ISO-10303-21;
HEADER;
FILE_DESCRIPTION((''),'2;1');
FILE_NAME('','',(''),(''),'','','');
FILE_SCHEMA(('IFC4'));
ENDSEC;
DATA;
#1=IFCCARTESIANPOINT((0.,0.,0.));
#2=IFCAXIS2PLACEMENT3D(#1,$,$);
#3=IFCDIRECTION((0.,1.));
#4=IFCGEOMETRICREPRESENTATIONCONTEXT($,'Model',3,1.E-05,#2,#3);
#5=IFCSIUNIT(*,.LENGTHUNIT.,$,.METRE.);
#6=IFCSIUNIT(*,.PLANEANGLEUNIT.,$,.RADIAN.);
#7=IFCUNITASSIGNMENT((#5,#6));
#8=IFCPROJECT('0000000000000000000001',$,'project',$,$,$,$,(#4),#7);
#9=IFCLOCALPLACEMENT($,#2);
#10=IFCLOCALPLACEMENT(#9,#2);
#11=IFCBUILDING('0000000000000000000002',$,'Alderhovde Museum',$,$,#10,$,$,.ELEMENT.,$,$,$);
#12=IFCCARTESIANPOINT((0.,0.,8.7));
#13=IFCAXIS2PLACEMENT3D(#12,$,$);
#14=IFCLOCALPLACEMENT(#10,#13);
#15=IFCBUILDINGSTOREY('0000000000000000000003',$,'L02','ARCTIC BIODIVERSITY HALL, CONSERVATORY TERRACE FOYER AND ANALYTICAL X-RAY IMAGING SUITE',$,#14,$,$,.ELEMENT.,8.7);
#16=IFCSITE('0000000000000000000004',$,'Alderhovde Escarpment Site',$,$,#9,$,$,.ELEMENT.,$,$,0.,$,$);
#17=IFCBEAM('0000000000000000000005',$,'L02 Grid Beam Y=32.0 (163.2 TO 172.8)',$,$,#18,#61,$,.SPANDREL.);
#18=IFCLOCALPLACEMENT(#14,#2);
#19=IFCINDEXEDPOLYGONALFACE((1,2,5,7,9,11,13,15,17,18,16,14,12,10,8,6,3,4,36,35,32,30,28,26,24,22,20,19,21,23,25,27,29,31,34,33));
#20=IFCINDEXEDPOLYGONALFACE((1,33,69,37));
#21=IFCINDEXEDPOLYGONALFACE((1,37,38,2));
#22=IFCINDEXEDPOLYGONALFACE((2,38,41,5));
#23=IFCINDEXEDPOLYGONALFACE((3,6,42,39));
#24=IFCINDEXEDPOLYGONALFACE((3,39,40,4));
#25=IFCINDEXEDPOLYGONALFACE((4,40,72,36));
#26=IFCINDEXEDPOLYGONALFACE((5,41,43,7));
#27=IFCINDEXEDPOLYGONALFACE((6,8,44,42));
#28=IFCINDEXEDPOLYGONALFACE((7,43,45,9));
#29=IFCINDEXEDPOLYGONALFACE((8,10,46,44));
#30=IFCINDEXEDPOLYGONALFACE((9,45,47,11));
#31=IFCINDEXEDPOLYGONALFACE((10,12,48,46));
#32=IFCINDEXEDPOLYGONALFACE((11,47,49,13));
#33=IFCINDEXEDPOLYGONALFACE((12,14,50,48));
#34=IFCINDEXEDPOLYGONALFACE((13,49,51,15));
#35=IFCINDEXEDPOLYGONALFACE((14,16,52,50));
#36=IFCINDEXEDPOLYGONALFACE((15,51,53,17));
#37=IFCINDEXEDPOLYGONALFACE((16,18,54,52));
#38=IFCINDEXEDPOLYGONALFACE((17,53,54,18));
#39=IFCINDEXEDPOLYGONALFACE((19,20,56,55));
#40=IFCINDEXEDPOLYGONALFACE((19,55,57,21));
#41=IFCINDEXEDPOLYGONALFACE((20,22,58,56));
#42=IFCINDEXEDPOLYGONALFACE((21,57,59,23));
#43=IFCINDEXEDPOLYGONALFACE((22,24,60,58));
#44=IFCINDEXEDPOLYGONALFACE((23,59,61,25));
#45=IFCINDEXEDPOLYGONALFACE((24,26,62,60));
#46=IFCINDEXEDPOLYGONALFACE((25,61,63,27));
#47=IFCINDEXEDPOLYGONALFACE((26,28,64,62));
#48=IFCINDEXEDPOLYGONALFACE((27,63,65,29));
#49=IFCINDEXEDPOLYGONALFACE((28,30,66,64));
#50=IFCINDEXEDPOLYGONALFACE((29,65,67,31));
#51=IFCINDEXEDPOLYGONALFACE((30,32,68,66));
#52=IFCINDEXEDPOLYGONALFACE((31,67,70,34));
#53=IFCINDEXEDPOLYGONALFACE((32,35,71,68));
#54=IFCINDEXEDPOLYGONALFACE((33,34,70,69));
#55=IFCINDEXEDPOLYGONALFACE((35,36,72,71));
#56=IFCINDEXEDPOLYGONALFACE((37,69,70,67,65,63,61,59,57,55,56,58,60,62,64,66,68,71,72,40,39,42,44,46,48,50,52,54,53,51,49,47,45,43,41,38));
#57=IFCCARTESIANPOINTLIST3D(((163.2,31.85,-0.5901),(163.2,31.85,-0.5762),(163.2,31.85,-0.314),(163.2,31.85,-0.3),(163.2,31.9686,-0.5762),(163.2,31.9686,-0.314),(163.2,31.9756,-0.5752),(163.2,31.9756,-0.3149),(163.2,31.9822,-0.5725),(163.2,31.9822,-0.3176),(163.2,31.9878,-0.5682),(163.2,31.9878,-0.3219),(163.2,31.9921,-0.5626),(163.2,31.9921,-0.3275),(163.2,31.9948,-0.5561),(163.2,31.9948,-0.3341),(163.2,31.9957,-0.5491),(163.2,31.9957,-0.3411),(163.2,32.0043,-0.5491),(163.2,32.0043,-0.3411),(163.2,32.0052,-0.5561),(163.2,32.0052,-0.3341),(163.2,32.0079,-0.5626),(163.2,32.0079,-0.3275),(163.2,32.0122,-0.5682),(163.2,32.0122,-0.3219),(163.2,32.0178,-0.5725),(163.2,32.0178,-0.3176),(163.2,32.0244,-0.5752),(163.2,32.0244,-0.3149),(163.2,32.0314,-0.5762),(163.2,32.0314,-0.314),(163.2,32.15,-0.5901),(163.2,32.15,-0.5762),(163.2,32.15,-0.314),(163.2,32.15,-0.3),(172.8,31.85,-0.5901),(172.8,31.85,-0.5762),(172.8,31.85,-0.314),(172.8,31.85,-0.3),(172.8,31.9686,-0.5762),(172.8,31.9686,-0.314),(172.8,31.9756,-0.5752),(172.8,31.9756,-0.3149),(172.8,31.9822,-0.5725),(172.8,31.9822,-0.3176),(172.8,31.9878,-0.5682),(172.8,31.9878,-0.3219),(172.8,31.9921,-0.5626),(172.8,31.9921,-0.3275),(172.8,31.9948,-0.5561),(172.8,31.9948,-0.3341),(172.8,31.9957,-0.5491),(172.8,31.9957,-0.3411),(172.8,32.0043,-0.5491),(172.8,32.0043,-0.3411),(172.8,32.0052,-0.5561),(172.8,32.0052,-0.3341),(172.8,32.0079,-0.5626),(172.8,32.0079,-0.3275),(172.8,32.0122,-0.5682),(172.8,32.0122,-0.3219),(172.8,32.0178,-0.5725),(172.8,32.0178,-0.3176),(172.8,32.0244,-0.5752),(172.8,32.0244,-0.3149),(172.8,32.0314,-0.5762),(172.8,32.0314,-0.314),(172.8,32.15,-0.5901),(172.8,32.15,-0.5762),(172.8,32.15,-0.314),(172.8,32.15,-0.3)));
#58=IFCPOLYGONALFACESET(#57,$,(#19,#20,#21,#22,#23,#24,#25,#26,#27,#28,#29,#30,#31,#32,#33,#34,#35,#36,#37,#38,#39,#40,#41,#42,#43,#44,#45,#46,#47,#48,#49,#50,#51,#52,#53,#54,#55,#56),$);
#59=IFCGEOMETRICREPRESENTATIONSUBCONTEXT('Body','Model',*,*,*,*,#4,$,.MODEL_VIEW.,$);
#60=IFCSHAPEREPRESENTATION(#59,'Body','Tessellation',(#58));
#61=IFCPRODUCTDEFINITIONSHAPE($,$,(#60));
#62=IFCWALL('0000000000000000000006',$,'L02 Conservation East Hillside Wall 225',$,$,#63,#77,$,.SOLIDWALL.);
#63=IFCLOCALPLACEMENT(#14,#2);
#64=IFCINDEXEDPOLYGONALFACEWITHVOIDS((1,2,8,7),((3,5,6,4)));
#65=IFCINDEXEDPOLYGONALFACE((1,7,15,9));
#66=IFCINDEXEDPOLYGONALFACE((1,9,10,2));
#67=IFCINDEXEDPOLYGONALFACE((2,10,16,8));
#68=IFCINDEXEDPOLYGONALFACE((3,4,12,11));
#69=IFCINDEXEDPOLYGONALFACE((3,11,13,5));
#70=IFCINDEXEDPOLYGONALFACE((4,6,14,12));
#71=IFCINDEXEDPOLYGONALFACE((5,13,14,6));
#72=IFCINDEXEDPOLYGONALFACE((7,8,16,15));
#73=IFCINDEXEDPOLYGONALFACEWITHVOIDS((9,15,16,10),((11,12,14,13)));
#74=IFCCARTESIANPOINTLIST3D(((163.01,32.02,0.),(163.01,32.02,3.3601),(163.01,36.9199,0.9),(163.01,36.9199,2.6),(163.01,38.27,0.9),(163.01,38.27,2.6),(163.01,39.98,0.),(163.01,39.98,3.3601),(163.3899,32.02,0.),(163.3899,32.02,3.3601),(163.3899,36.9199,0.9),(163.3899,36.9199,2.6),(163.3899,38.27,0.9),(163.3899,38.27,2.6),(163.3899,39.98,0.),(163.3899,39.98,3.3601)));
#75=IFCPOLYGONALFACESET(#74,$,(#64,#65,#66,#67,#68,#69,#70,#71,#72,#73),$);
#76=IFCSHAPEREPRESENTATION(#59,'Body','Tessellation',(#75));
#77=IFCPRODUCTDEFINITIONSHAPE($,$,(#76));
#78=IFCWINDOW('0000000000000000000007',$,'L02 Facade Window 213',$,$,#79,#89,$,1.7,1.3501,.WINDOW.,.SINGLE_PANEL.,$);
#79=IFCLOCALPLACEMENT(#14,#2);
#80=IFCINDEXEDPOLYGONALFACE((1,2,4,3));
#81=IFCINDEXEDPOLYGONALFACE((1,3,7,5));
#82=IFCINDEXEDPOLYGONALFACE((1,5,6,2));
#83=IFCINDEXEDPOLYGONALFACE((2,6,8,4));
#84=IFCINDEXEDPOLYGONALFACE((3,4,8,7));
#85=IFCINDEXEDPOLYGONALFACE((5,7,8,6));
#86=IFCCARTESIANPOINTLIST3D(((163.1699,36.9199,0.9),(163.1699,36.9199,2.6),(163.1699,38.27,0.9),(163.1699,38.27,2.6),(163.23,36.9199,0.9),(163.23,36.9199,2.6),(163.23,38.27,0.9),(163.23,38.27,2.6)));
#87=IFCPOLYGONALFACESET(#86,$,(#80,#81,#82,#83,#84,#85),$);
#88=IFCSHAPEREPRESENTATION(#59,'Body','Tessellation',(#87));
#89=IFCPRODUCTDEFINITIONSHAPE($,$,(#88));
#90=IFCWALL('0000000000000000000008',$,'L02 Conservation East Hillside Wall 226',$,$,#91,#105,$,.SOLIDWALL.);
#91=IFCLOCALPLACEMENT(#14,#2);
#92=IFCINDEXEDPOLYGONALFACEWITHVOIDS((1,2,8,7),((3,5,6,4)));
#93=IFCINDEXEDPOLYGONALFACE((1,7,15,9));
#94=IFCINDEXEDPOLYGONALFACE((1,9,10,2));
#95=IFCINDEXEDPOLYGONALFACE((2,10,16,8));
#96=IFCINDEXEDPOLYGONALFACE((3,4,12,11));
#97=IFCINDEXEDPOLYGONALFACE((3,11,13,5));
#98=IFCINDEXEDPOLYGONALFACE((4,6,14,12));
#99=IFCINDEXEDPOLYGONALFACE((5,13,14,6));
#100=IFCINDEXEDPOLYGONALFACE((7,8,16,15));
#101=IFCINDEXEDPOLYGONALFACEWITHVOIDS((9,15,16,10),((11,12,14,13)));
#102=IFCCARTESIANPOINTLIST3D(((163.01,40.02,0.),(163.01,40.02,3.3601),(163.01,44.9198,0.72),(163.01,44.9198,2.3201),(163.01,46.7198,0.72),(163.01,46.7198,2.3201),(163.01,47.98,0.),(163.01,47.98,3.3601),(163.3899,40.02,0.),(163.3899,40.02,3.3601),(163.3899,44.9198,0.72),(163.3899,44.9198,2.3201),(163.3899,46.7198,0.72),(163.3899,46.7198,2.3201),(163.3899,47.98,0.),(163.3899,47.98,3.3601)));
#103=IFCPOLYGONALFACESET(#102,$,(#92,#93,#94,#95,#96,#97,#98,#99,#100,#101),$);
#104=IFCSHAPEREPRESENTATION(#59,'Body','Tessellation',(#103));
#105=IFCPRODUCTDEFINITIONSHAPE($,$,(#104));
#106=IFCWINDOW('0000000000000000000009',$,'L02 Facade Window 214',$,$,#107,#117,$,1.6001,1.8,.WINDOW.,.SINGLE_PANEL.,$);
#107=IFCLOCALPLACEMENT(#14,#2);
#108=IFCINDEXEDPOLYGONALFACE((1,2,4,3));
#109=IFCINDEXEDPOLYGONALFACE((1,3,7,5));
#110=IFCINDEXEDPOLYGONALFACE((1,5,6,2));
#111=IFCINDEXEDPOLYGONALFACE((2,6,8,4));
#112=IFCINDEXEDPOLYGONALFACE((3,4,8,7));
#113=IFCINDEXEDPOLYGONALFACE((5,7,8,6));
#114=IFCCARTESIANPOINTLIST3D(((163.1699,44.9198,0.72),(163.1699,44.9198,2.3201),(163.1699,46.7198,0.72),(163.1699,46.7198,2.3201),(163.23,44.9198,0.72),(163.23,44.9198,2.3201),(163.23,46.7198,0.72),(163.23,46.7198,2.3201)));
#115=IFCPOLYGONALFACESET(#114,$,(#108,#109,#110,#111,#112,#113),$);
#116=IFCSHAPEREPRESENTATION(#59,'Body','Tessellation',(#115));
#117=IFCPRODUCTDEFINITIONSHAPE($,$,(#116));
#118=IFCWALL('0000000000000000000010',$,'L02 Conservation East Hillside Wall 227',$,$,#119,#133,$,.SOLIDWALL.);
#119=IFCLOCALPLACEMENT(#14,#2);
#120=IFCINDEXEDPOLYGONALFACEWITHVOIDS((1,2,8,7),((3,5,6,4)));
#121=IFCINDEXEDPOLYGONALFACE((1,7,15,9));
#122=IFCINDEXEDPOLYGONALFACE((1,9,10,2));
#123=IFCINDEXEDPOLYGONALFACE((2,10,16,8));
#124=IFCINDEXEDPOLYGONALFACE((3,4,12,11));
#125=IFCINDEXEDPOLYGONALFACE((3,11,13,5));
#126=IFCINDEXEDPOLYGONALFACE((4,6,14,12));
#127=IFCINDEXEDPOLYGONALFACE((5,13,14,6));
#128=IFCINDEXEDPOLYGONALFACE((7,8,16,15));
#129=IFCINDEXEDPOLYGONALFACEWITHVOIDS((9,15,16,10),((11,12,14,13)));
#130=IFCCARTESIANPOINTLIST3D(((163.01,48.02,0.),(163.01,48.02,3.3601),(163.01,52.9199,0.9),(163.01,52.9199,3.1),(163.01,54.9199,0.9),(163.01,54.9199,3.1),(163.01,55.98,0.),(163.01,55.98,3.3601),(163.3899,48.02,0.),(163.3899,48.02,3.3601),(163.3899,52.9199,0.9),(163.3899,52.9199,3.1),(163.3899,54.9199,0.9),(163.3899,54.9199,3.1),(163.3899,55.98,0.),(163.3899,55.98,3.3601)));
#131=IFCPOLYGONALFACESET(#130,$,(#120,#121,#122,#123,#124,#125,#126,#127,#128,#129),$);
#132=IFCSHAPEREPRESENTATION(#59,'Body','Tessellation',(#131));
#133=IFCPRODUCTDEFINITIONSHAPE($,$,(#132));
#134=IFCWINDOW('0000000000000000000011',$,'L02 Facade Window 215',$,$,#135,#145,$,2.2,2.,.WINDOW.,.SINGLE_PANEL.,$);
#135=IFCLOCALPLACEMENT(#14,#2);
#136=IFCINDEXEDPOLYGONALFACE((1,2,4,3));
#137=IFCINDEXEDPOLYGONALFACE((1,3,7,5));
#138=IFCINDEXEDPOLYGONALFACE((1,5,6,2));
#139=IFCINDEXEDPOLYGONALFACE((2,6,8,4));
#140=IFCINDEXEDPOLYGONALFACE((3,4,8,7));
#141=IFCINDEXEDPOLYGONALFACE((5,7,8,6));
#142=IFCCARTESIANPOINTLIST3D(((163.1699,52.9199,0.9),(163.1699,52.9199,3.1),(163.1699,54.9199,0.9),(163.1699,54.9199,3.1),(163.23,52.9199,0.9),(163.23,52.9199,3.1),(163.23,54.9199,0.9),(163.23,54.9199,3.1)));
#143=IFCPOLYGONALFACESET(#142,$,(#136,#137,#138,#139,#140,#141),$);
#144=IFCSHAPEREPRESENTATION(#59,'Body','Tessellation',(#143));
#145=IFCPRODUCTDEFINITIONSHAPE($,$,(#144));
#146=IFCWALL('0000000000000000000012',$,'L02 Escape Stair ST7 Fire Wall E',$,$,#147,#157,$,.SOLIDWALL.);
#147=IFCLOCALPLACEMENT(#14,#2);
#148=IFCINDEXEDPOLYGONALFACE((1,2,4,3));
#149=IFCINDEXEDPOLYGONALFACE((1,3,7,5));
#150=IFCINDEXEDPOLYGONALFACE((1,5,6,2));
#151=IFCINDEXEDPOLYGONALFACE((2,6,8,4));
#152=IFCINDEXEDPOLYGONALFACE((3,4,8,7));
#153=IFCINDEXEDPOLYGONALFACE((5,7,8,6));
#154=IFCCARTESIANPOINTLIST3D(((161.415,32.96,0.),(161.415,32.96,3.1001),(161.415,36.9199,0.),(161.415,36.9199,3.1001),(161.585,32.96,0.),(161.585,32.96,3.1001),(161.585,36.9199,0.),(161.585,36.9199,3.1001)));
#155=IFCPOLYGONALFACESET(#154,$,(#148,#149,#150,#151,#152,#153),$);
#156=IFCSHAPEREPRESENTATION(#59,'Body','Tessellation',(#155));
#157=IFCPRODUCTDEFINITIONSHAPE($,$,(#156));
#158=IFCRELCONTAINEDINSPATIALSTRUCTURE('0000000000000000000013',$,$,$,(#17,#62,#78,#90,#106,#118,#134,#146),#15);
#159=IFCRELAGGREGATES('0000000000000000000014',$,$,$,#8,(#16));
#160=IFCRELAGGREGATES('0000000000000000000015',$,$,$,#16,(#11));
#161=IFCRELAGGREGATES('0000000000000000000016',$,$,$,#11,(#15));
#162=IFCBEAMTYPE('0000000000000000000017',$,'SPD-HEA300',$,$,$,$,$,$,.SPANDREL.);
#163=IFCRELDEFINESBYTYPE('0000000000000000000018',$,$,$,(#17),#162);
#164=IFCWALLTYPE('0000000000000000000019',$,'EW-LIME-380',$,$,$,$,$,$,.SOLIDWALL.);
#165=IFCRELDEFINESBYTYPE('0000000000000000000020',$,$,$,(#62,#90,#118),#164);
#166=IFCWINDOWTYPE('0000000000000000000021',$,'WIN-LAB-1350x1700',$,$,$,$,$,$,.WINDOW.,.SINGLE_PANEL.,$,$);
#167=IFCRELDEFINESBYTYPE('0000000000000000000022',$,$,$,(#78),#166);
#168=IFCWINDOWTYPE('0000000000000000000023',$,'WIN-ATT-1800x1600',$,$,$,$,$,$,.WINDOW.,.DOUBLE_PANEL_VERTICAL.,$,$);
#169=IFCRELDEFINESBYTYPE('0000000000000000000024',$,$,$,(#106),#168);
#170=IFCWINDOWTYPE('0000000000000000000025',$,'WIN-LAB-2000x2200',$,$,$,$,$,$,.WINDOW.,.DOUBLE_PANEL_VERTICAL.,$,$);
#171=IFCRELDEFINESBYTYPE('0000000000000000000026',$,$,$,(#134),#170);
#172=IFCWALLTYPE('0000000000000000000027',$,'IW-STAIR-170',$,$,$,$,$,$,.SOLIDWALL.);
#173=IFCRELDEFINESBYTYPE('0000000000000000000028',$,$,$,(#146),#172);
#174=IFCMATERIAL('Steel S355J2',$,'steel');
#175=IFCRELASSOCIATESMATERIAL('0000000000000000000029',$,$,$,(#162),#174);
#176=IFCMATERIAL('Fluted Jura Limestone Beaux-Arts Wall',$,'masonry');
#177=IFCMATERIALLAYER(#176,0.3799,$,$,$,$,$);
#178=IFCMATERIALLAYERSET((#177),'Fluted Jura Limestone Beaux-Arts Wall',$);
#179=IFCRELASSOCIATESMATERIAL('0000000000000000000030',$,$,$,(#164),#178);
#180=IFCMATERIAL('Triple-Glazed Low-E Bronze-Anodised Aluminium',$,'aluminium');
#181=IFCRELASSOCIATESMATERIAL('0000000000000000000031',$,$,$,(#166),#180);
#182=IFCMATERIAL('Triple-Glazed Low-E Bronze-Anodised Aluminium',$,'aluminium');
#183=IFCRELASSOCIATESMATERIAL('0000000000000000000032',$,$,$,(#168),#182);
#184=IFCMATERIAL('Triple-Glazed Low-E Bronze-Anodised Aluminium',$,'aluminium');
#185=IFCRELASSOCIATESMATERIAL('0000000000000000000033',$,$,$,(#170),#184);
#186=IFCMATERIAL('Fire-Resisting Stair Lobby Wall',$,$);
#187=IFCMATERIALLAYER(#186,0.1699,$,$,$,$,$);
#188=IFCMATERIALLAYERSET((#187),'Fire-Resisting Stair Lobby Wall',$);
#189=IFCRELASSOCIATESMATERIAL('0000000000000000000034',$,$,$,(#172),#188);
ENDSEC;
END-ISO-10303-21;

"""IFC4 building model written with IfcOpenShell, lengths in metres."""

from ifc_helpers import new_model, si_unit, direction, frame, frame_2d, origin, origin_2d, place, context, subcontext, project, spatial, rectangle, i_section, extrude, material, layer, layer_set, material_profile, profile_set, type_object, element, fill, save


model = new_model("IFC4")

# Units and contexts
model_context = context("Model", 3, precision=1e-05, world=origin(), true_north=direction((0.0, 1.0)))
body_context = subcontext(model_context, "Body", "Model", "MODEL_VIEW")
ifc_project = project(units=[si_unit("LENGTHUNIT", "METRE"), si_unit("PLANEANGLEUNIT", "RADIAN")], contexts=[model_context])

# Site, building, storey
site_placement = place(None, origin())
site = spatial("IfcSite", under=ifc_project, at=site_placement, Name="Alderhovde Escarpment Site", CompositionType="ELEMENT", RefElevation=0.0)
building_placement = place(site_placement, origin())
building = spatial("IfcBuilding", under=site, at=building_placement, Name="Alderhovde Museum", CompositionType="ELEMENT")
storey_placement = place(building_placement, frame((0.0, 0.0, 8.7)))
storey = spatial("IfcBuildingStorey", under=building, at=storey_placement, Name="L02", Description="ARCTIC BIODIVERSITY HALL, CONSERVATORY TERRACE FOYER AND ANALYTICAL X-RAY IMAGING SUITE", CompositionType="ELEMENT", Elevation=8.7)

# Beam
ifc_material_1 = material(Name="Steel S355J2", Category="steel")
ifc_material_profile_1 = material_profile(ifc_material_1, i_section(OverallWidth=0.3, OverallDepth=0.29, WebThickness=0.0085, FlangeThickness=0.0139, FilletRadius=0.0271, at=origin_2d()), Name="HEA 300")
ifc_profile_set_1 = profile_set([ifc_material_profile_1], Name="Steel S355J2")
beam_type_1 = type_object("IfcBeamType", Name="SPD-HEA300", PredefinedType="SPANDREL", material=ifc_profile_set_1)
beam_1_placement = place(storey_placement, frame((163.2, 32.0, -0.4451), z_axis=(1.0, 0.0, 0.0), x_axis=(0.0, 1.0, 0.0)))
element("IfcBeam", 1, at=beam_1_placement, inside=storey, type_object=beam_type_1, Name="L02 Grid Beam Y=32.0 (163.2 TO 172.8)", PredefinedType="SPANDREL", context=body_context, shape_type="SweptSolid", body=[
    extrude(i_section(OverallWidth=0.3, OverallDepth=0.29, WebThickness=0.0085, FlangeThickness=0.0139, FilletRadius=0.0271, at=origin_2d()), origin(), (0.0, 0.0, 1.0), 9.6001),
])

# Walls, openings, windows
ifc_material_2 = material(Name="Fluted Jura Limestone Beaux-Arts Wall", Category="masonry")
ifc_layer_1 = layer(ifc_material_2, 0.3799)
ifc_layer_set_1 = layer_set([ifc_layer_1], Name="Fluted Jura Limestone Beaux-Arts Wall")
wall_type_1 = type_object("IfcWallType", Name="EW-LIME-380", PredefinedType="SOLIDWALL", material=ifc_layer_set_1)
wall_1_placement = place(storey_placement, frame((163.2, 32.02, 0.0), z_axis=(0.0, 0.0, 1.0), x_axis=(0.0, 1.0, 0.0)))
wall_1 = element("IfcWall", 2, at=wall_1_placement, inside=storey, type_object=wall_type_1, Name="L02 Conservation East Hillside Wall 225", PredefinedType="SOLIDWALL", context=body_context, shape_type="SweptSolid", body=[
    extrude(rectangle(XDim=7.96, YDim=0.3799, at=frame_2d((3.98, 0.0))), origin(), (0.0, 0.0, 1.0), 3.3601),
])
opening_1_placement = place(wall_1_placement, frame((4.8999, 0.0, 0.8999)))
opening_1 = element("IfcOpeningElement", 3, at=opening_1_placement, cuts=wall_1, PredefinedType="OPENING", context=body_context, shape_type="SweptSolid", body=[
    extrude(rectangle(XDim=1.3501, YDim=1.7, at=frame_2d((0.675, 0.8501))), frame((0.0, 0.2, 0.0), z_axis=(0.0, -1.0, 0.0), x_axis=(1.0, 0.0, 0.0)), (0.0, 0.0, 1.0), 0.3999),
])
ifc_material_3 = material(Name="Triple-Glazed Low-E Bronze-Anodised Aluminium", Category="aluminium")
window_type_1 = type_object("IfcWindowType", Name="WIN-LAB-1350x1700", PartitioningType="SINGLE_PANEL", PredefinedType="WINDOW", material=ifc_material_3)
window_1_placement = place(opening_1_placement, origin())
window_1 = element("IfcWindow", 4, at=window_1_placement, inside=storey, type_object=window_type_1, Name="L02 Facade Window 213", OverallHeight=1.7, OverallWidth=1.3501, PartitioningType="SINGLE_PANEL", PredefinedType="WINDOW", context=body_context, shape_type="SweptSolid", body=[
    extrude(rectangle(XDim=1.3501, YDim=1.7, at=frame_2d((0.675, 0.8501))), frame((0.0, 0.03, 0.0), z_axis=(0.0, -1.0, 0.0), x_axis=(1.0, 0.0, 0.0)), (0.0, 0.0, 1.0), 0.0601),
])
fill(opening_1, window_1)
wall_2_placement = place(storey_placement, frame((163.2, 40.02, 0.0), z_axis=(0.0, 0.0, 1.0), x_axis=(0.0, 1.0, 0.0)))
wall_2 = element("IfcWall", 5, at=wall_2_placement, inside=storey, type_object=wall_type_1, Name="L02 Conservation East Hillside Wall 226", PredefinedType="SOLIDWALL", context=body_context, shape_type="SweptSolid", body=[
    extrude(rectangle(XDim=7.96, YDim=0.3799, at=frame_2d((3.98, 0.0))), origin(), (0.0, 0.0, 1.0), 3.3601),
])
opening_2_placement = place(wall_2_placement, frame((4.8999, 0.0, 0.72)))
opening_2 = element("IfcOpeningElement", 6, at=opening_2_placement, cuts=wall_2, PredefinedType="OPENING", context=body_context, shape_type="SweptSolid", body=[
    extrude(rectangle(XDim=1.8, YDim=1.6001, at=frame_2d((0.8999, 0.8))), frame((0.0, 0.2, 0.0), z_axis=(0.0, -1.0, 0.0), x_axis=(1.0, 0.0, 0.0)), (0.0, 0.0, 1.0), 0.3999),
])
ifc_material_4 = material(Name="Triple-Glazed Low-E Bronze-Anodised Aluminium", Category="aluminium")
window_type_2 = type_object("IfcWindowType", Name="WIN-ATT-1800x1600", PartitioningType="DOUBLE_PANEL_VERTICAL", PredefinedType="WINDOW", material=ifc_material_4)
window_2_placement = place(opening_2_placement, origin())
window_2 = element("IfcWindow", 7, at=window_2_placement, inside=storey, type_object=window_type_2, Name="L02 Facade Window 214", OverallHeight=1.6001, OverallWidth=1.8, PartitioningType="SINGLE_PANEL", PredefinedType="WINDOW", context=body_context, shape_type="SweptSolid", body=[
    extrude(rectangle(XDim=1.8, YDim=1.6001, at=frame_2d((0.8999, 0.8))), frame((0.0, 0.03, 0.0), z_axis=(0.0, -1.0, 0.0), x_axis=(1.0, 0.0, 0.0)), (0.0, 0.0, 1.0), 0.0601),
])
fill(opening_2, window_2)
wall_3_placement = place(storey_placement, frame((163.2, 48.02, 0.0), z_axis=(0.0, 0.0, 1.0), x_axis=(0.0, 1.0, 0.0)))
wall_3 = element("IfcWall", 8, at=wall_3_placement, inside=storey, type_object=wall_type_1, Name="L02 Conservation East Hillside Wall 227", PredefinedType="SOLIDWALL", context=body_context, shape_type="SweptSolid", body=[
    extrude(rectangle(XDim=7.96, YDim=0.3799, at=frame_2d((3.98, 0.0))), origin(), (0.0, 0.0, 1.0), 3.3601),
])
opening_3_placement = place(wall_3_placement, frame((4.8999, 0.0, 0.8999)))
opening_3 = element("IfcOpeningElement", 9, at=opening_3_placement, cuts=wall_3, PredefinedType="OPENING", context=body_context, shape_type="SweptSolid", body=[
    extrude(rectangle(XDim=2.0, YDim=2.2, at=frame_2d((1.0, 1.1001))), frame((0.0, 0.2, 0.0), z_axis=(0.0, -1.0, 0.0), x_axis=(1.0, 0.0, 0.0)), (0.0, 0.0, 1.0), 0.3999),
])
ifc_material_5 = material(Name="Triple-Glazed Low-E Bronze-Anodised Aluminium", Category="aluminium")
window_type_3 = type_object("IfcWindowType", Name="WIN-LAB-2000x2200", PartitioningType="DOUBLE_PANEL_VERTICAL", PredefinedType="WINDOW", material=ifc_material_5)
window_3_placement = place(opening_3_placement, origin())
window_3 = element("IfcWindow", 10, at=window_3_placement, inside=storey, type_object=window_type_3, Name="L02 Facade Window 215", OverallHeight=2.2, OverallWidth=2.0, PartitioningType="SINGLE_PANEL", PredefinedType="WINDOW", context=body_context, shape_type="SweptSolid", body=[
    extrude(rectangle(XDim=2.0, YDim=2.2, at=frame_2d((1.0, 1.1001))), frame((0.0, 0.03, 0.0), z_axis=(0.0, -1.0, 0.0), x_axis=(1.0, 0.0, 0.0)), (0.0, 0.0, 1.0), 0.0601),
])
fill(opening_3, window_3)

# Wall
ifc_material_6 = material(Name="Fire-Resisting Stair Lobby Wall")
ifc_layer_2 = layer(ifc_material_6, 0.1699)
ifc_layer_set_2 = layer_set([ifc_layer_2], Name="Fire-Resisting Stair Lobby Wall")
wall_type_2 = type_object("IfcWallType", Name="IW-STAIR-170", PredefinedType="SOLIDWALL", material=ifc_layer_set_2)
wall_4_placement = place(storey_placement, frame((161.5, 32.96, 0.0), z_axis=(0.0, 0.0, 1.0), x_axis=(0.0, 1.0, 0.0)))
element("IfcWall", 11, at=wall_4_placement, inside=storey, type_object=wall_type_2, Name="L02 Escape Stair ST7 Fire Wall E", PredefinedType="SOLIDWALL", context=body_context, shape_type="SweptSolid", body=[
    extrude(rectangle(XDim=3.96, YDim=0.1699, at=frame_2d((1.98, 0.0))), origin(), (0.0, 0.0, 1.0), 3.1001),
])

save(model, "model.ifc")
